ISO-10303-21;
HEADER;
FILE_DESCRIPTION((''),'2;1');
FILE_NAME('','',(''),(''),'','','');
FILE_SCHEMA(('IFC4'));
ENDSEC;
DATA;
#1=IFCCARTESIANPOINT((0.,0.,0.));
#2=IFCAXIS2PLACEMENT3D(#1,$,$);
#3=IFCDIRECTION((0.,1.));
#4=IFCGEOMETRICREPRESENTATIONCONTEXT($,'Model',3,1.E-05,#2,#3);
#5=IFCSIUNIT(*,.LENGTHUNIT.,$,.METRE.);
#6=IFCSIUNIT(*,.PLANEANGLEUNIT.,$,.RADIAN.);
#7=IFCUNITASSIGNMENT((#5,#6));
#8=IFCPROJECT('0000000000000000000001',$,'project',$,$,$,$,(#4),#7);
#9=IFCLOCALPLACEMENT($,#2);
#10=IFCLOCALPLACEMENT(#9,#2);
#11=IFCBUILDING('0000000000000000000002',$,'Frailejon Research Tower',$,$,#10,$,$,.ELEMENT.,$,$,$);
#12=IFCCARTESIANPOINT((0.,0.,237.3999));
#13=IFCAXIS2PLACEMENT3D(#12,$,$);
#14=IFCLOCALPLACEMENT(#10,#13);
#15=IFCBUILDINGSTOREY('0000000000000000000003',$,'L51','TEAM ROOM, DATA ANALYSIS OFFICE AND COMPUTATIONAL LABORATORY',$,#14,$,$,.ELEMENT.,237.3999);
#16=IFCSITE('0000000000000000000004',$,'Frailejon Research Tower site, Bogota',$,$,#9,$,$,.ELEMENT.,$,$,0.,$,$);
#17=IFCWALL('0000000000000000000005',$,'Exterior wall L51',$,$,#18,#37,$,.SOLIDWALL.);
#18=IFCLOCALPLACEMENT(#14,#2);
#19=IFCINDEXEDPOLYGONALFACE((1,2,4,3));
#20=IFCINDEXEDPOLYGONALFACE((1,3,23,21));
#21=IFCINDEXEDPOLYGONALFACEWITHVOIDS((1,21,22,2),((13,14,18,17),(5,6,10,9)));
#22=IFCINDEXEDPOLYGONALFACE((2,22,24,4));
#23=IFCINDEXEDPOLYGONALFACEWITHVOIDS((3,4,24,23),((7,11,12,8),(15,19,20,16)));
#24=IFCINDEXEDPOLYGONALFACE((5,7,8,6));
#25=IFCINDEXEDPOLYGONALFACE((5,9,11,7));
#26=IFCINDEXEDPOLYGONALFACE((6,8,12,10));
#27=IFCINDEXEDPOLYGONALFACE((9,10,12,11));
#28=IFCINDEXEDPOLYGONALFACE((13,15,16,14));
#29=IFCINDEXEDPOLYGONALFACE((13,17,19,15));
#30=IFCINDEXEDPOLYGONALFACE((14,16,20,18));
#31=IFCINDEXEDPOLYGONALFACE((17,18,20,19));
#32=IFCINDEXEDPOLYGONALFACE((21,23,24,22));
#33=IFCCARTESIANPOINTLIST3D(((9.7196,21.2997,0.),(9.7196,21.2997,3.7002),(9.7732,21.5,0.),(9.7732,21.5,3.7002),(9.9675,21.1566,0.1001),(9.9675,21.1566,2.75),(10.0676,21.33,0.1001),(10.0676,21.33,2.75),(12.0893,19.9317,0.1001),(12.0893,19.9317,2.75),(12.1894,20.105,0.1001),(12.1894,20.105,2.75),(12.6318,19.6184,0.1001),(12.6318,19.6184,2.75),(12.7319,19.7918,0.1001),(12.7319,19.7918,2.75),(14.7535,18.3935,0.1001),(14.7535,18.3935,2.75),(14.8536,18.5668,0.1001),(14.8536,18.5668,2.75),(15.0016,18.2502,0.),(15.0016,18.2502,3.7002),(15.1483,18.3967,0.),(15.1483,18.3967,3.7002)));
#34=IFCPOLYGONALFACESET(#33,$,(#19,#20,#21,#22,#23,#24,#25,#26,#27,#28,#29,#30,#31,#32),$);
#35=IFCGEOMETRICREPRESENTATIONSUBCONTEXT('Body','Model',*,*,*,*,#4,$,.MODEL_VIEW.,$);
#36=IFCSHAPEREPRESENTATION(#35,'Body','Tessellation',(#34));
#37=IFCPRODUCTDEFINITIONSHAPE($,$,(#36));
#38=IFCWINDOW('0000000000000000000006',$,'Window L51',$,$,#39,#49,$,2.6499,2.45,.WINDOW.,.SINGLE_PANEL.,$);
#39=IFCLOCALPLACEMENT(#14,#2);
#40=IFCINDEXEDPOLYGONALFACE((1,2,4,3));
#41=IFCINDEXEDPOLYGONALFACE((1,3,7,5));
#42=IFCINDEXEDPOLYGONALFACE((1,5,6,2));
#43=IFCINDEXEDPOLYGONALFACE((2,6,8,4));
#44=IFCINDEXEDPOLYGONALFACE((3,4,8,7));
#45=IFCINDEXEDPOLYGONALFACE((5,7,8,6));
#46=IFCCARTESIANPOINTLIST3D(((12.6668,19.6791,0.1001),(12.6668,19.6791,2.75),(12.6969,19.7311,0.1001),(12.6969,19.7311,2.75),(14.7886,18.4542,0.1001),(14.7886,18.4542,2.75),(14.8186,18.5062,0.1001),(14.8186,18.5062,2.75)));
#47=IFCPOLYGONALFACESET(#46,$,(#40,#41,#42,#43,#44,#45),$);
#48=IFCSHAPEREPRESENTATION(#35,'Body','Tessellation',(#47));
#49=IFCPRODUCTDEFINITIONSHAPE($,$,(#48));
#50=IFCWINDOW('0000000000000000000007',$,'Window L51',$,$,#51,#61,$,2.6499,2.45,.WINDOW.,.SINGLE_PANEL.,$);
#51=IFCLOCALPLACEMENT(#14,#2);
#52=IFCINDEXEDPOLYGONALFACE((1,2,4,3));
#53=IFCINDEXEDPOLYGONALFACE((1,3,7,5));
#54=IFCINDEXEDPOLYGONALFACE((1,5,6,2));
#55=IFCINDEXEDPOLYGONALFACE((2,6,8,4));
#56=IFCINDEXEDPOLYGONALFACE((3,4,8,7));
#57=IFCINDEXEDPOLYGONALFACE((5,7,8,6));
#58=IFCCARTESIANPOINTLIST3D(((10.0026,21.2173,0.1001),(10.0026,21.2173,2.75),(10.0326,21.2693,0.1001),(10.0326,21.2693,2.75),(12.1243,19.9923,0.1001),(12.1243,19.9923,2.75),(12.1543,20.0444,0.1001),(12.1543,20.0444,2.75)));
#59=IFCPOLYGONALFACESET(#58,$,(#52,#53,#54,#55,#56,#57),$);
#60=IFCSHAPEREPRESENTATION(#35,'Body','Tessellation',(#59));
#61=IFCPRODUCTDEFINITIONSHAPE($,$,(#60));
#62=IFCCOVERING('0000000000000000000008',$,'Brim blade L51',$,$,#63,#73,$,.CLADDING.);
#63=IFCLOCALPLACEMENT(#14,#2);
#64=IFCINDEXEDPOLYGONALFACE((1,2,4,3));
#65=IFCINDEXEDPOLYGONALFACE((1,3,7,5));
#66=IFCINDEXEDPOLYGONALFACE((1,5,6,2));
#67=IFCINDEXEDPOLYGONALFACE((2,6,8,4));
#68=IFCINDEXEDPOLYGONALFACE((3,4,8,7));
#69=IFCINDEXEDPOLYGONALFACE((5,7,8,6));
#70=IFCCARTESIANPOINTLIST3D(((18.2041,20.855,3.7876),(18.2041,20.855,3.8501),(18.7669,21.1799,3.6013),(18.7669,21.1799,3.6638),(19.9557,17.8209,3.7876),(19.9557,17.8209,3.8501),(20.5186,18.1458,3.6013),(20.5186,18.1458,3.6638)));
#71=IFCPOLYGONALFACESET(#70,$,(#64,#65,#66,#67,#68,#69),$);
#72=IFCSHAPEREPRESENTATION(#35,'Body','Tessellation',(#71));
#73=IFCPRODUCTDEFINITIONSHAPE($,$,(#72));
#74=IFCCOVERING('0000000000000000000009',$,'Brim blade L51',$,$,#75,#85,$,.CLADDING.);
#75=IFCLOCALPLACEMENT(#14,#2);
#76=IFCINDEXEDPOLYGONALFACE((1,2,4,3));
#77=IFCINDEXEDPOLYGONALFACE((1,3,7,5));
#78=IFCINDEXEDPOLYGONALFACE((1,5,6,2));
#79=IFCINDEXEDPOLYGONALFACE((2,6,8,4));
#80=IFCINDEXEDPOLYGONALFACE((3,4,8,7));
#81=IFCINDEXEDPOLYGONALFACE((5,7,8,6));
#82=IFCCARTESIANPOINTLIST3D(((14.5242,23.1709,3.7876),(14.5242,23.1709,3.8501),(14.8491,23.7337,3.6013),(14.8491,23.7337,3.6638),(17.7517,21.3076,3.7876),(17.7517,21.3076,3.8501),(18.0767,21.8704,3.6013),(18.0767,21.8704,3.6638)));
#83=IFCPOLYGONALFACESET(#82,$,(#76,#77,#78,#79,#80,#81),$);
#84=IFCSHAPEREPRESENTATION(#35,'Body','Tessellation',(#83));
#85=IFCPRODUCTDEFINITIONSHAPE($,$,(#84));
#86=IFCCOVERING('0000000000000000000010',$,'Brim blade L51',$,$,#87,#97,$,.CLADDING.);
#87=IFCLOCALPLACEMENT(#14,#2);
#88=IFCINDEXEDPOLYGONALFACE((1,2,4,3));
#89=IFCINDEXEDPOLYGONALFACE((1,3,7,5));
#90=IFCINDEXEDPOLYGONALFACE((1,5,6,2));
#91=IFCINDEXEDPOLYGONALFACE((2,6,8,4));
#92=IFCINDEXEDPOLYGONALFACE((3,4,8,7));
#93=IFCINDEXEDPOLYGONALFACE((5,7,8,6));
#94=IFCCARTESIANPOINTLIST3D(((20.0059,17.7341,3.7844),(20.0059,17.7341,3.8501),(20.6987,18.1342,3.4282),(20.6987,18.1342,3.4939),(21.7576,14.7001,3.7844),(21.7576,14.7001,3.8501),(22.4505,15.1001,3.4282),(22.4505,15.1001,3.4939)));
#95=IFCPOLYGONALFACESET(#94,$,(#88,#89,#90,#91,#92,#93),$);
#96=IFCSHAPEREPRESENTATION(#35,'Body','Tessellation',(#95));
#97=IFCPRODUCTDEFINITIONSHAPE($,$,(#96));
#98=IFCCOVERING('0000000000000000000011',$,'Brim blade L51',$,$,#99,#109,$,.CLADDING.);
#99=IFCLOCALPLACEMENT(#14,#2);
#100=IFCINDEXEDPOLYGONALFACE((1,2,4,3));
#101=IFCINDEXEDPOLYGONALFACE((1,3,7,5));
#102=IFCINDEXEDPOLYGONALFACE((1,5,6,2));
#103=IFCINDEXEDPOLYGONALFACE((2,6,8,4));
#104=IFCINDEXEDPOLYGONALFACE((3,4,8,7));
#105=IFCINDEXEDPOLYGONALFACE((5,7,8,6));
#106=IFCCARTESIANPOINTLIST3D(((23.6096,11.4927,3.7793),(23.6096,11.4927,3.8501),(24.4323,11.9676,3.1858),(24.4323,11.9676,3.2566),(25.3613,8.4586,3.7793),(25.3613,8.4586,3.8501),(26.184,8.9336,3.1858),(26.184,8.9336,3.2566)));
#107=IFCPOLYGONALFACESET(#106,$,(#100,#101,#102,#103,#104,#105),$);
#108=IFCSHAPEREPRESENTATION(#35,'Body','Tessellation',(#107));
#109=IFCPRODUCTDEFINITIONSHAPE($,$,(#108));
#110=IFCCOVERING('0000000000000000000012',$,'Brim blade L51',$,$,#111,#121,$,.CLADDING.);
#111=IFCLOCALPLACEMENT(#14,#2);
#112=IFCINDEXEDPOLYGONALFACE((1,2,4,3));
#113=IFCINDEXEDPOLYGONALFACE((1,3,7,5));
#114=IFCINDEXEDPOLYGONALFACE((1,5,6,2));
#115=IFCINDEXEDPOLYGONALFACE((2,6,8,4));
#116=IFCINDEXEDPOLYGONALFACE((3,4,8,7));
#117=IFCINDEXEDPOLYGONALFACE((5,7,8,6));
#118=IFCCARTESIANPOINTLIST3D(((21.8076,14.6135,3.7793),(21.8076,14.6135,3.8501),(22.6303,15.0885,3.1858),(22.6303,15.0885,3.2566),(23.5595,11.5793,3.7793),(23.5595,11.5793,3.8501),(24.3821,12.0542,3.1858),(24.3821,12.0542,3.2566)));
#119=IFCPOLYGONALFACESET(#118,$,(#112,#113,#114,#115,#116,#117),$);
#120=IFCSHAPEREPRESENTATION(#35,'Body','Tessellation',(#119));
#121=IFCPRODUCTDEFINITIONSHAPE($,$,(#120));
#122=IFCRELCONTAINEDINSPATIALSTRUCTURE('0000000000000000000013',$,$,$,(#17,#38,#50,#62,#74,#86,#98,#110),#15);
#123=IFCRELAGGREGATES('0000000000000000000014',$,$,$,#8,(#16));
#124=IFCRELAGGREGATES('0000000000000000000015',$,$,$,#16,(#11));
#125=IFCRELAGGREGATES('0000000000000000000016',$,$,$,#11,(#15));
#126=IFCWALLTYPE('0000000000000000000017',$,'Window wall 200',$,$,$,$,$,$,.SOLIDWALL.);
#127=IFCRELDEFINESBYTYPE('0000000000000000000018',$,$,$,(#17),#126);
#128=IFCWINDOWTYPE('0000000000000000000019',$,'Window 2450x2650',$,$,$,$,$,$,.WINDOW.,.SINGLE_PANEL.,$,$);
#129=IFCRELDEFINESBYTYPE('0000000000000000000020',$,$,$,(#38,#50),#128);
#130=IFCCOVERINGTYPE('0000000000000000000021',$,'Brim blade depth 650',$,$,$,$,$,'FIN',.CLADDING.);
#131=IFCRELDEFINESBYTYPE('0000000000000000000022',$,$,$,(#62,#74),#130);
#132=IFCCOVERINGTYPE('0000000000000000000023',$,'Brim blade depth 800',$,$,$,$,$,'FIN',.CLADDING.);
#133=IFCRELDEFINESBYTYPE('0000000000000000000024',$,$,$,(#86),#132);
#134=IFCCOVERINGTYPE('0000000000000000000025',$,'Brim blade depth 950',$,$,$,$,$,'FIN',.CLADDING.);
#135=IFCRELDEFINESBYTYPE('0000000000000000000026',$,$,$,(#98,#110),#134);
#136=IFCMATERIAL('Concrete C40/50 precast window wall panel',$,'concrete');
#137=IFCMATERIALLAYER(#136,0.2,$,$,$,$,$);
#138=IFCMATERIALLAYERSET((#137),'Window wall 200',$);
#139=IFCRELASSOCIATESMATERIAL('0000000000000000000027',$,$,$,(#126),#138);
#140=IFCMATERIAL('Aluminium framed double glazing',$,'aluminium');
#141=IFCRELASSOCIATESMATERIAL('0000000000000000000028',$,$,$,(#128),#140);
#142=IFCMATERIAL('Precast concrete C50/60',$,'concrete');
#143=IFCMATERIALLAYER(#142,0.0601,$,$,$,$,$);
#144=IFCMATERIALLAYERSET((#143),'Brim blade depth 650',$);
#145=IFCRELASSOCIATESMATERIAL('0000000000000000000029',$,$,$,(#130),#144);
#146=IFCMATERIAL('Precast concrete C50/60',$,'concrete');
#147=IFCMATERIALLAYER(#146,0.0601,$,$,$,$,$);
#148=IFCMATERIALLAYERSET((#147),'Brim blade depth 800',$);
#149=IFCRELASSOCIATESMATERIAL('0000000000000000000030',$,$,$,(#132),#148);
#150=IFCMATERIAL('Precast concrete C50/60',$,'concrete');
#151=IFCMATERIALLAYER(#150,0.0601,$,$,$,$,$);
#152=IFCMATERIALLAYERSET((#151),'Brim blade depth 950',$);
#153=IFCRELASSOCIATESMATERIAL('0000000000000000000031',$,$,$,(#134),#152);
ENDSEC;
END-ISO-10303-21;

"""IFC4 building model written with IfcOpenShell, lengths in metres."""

from ifc_helpers import new_model, si_unit, direction, frame, frame_2d, origin, place, context, subcontext, project, spatial, polyline, rectangle, outline, extrude, material, layer, layer_set, type_object, element, fill, save


model = new_model("IFC4")

# Units and contexts
model_context = context("Model", 3, precision=1e-05, world=origin(), true_north=direction((0.0, 1.0)))
body_context = subcontext(model_context, "Body", "Model", "MODEL_VIEW")
ifc_project = project(units=[si_unit("LENGTHUNIT", "METRE"), si_unit("PLANEANGLEUNIT", "RADIAN")], contexts=[model_context])

# Site, building, storey
site_placement = place(None, origin())
site = spatial("IfcSite", under=ifc_project, at=site_placement, Name="Frailejon Research Tower site, Bogota", CompositionType="ELEMENT", RefElevation=0.0)
building_placement = place(site_placement, origin())
building = spatial("IfcBuilding", under=site, at=building_placement, Name="Frailejon Research Tower", CompositionType="ELEMENT")
storey_placement = place(building_placement, frame((0.0, 0.0, 237.3999)))
storey = spatial("IfcBuildingStorey", under=building, at=storey_placement, Name="L51", Description="TEAM ROOM, DATA ANALYSIS OFFICE AND COMPUTATIONAL LABORATORY", CompositionType="ELEMENT", Elevation=237.3999)

# Wall, openings, windows
ifc_material_1 = material(Name="Concrete C40/50 precast window wall panel", Category="concrete")
ifc_layer_1 = layer(ifc_material_1, 0.2)
ifc_layer_set_1 = layer_set([ifc_layer_1], Name="Window wall 200")
wall_type = type_object("IfcWallType", Name="Window wall 200", PredefinedType="SOLIDWALL", material=ifc_layer_set_1)
wall_placement = place(storey_placement, frame((15.075, 18.3235, 0.0), z_axis=(0.0, 0.0, 1.0), x_axis=(-0.86603, 0.499993, 0.0)))
wall = element("IfcWall", 1, at=wall_placement, inside=storey, type_object=wall_type, Name="Exterior wall L51", PredefinedType="SOLIDWALL", context=body_context, shape_type="SweptSolid", body=[
    extrude(outline(polyline([(-0.0269, -0.1001), (1.0076, -0.1001), (2.042, -0.1001), (3.0764, -0.1001), (4.1108, -0.1001), (5.1453, -0.1001), (6.1797, -0.1001), (6.126, 0.1001), (5.1094, 0.1001), (4.093, 0.1001), (3.0764, 0.1001), (2.0598, 0.1001), (1.0435, 0.1001), (0.0269, 0.1001), (-0.0269, -0.1001)])), origin(), (0.0, 0.0, 1.0), 3.7002),
])
opening_1_placement = place(wall_placement, frame((0.3132, 0.0, 0.1001)))
opening_1 = element("IfcOpeningElement", 2, at=opening_1_placement, cuts=wall, PredefinedType="OPENING", context=body_context, shape_type="SweptSolid", body=[
    extrude(rectangle(XDim=2.45, YDim=2.6499, at=frame_2d((1.2251, 1.325))), frame((0.0, 0.1099, 0.0), z_axis=(0.0, -1.0, 0.0), x_axis=(1.0, 0.0, 0.0)), (0.0, 0.0, 1.0), 0.22),
])
opening_2_placement = place(wall_placement, frame((3.3896, 0.0, 0.1001)))
opening_2 = element("IfcOpeningElement", 3, at=opening_2_placement, cuts=wall, PredefinedType="OPENING", context=body_context, shape_type="SweptSolid", body=[
    extrude(rectangle(XDim=2.45, YDim=2.6499, at=frame_2d((1.2251, 1.325))), frame((0.0, 0.1099, 0.0), z_axis=(0.0, -1.0, 0.0), x_axis=(1.0, 0.0, 0.0)), (0.0, 0.0, 1.0), 0.22),
])
ifc_material_2 = material(Name="Aluminium framed double glazing", Category="aluminium")
window_type = type_object("IfcWindowType", Name="Window 2450x2650", PartitioningType="SINGLE_PANEL", PredefinedType="WINDOW", material=ifc_material_2)
window_1_placement = place(opening_1_placement, origin())
window_1 = element("IfcWindow", 4, at=window_1_placement, inside=storey, type_object=window_type, Name="Window L51", OverallHeight=2.6499, OverallWidth=2.45, PartitioningType="SINGLE_PANEL", PredefinedType="WINDOW", context=body_context, shape_type="SweptSolid", body=[
    extrude(rectangle(XDim=2.45, YDim=2.6499, at=frame_2d((1.2251, 1.325))), frame((0.0, 0.03, 0.0), z_axis=(0.0, -1.0, 0.0), x_axis=(1.0, 0.0, 0.0)), (0.0, 0.0, 1.0), 0.0601),
])
fill(opening_1, window_1)
window_2_placement = place(opening_2_placement, origin())
window_2 = element("IfcWindow", 5, at=window_2_placement, inside=storey, type_object=window_type, Name="Window L51", OverallHeight=2.6499, OverallWidth=2.45, PartitioningType="SINGLE_PANEL", PredefinedType="WINDOW", context=body_context, shape_type="SweptSolid", body=[
    extrude(rectangle(XDim=2.45, YDim=2.6499, at=frame_2d((1.2251, 1.325))), frame((0.0, 0.03, 0.0), z_axis=(0.0, -1.0, 0.0), x_axis=(1.0, 0.0, 0.0)), (0.0, 0.0, 1.0), 0.0601),
])
fill(opening_2, window_2)

# Coverings
ifc_material_3 = material(Name="Precast concrete C50/60", Category="concrete")
ifc_layer_2 = layer(ifc_material_3, 0.0601)
ifc_layer_set_2 = layer_set([ifc_layer_2], Name="Brim blade depth 650")
covering_type_1 = type_object("IfcCoveringType", Name="Brim blade depth 650", ElementType="FIN", PredefinedType="CLADDING", material=ifc_layer_set_2)
covering_1_placement = place(storey_placement, frame((18.2041, 20.855, 3.8501), z_axis=(0.49998, -0.866037, 0.0), x_axis=(0.866037, 0.49998, 0.0)))
element("IfcCovering", 6, at=covering_1_placement, inside=storey, type_object=covering_type_1, Name="Brim blade L51", PredefinedType="CLADDING", context=body_context, shape_type="SweptSolid", body=[
    extrude(outline(polyline([(0.0, -0.0625), (0.6499, -0.2488), (0.6499, -0.1863), (0.0, 0.0), (0.0, -0.0625)])), origin(), (0.0, 0.0, 1.0), 3.5034),
])
covering_2_placement = place(storey_placement, frame((14.5242, 23.1709, 3.8501), z_axis=(0.866036, -0.499981, 0.0), x_axis=(0.499981, 0.866036, 0.0)))
element("IfcCovering", 7, at=covering_2_placement, inside=storey, type_object=covering_type_1, Name="Brim blade L51", PredefinedType="CLADDING", context=body_context, shape_type="SweptSolid", body=[
    extrude(outline(polyline([(0.0, -0.0625), (0.6499, -0.2488), (0.6499, -0.1863), (0.0, 0.0), (0.0, -0.0625)])), origin(), (0.0, 0.0, 1.0), 3.7268),
])
ifc_material_4 = material(Name="Precast concrete C50/60", Category="concrete")
ifc_layer_3 = layer(ifc_material_4, 0.0601)
ifc_layer_set_3 = layer_set([ifc_layer_3], Name="Brim blade depth 800")
covering_type_2 = type_object("IfcCoveringType", Name="Brim blade depth 800", ElementType="FIN", PredefinedType="CLADDING", material=ifc_layer_set_3)
covering_3_placement = place(storey_placement, frame((20.0059, 17.7341, 3.8501), z_axis=(0.500013, -0.866018, 0.0), x_axis=(0.866018, 0.500013, 0.0)))
element("IfcCovering", 8, at=covering_3_placement, inside=storey, type_object=covering_type_2, Name="Brim blade L51", PredefinedType="CLADDING", context=body_context, shape_type="SweptSolid", body=[
    extrude(outline(polyline([(0.0, -0.0657), (0.8, -0.4219), (0.8, -0.3562), (0.0, 0.0), (0.0, -0.0657)])), origin(), (0.0, 0.0, 1.0), 3.5034),
])
ifc_material_5 = material(Name="Precast concrete C50/60", Category="concrete")
ifc_layer_4 = layer(ifc_material_5, 0.0601)
ifc_layer_set_4 = layer_set([ifc_layer_4], Name="Brim blade depth 950")
covering_type_3 = type_object("IfcCoveringType", Name="Brim blade depth 950", ElementType="FIN", PredefinedType="CLADDING", material=ifc_layer_set_4)
covering_4_placement = place(storey_placement, frame((23.6096, 11.4927, 3.8501), z_axis=(0.499992, -0.86603, 0.0), x_axis=(0.86603, 0.499992, 0.0)))
element("IfcCovering", 9, at=covering_4_placement, inside=storey, type_object=covering_type_3, Name="Brim blade L51", PredefinedType="CLADDING", context=body_context, shape_type="SweptSolid", body=[
    extrude(outline(polyline([(0.0, -0.0708), (0.95, -0.6643), (0.95, -0.5935), (0.0, 0.0), (0.0, -0.0708)])), origin(), (0.0, 0.0, 1.0), 3.5034),
])
covering_5_placement = place(storey_placement, frame((21.8076, 14.6135, 3.8501), z_axis=(0.500001, -0.866025, 0.0), x_axis=(0.866025, 0.500001, 0.0)))
element("IfcCovering", 10, at=covering_5_placement, inside=storey, type_object=covering_type_3, Name="Brim blade L51", PredefinedType="CLADDING", context=body_context, shape_type="SweptSolid", body=[
    extrude(outline(polyline([(0.0, -0.0708), (0.95, -0.6643), (0.95, -0.5935), (0.0, 0.0), (0.0, -0.0708)])), origin(), (0.0, 0.0, 1.0), 3.5037),
])

save(model, "model.ifc")
